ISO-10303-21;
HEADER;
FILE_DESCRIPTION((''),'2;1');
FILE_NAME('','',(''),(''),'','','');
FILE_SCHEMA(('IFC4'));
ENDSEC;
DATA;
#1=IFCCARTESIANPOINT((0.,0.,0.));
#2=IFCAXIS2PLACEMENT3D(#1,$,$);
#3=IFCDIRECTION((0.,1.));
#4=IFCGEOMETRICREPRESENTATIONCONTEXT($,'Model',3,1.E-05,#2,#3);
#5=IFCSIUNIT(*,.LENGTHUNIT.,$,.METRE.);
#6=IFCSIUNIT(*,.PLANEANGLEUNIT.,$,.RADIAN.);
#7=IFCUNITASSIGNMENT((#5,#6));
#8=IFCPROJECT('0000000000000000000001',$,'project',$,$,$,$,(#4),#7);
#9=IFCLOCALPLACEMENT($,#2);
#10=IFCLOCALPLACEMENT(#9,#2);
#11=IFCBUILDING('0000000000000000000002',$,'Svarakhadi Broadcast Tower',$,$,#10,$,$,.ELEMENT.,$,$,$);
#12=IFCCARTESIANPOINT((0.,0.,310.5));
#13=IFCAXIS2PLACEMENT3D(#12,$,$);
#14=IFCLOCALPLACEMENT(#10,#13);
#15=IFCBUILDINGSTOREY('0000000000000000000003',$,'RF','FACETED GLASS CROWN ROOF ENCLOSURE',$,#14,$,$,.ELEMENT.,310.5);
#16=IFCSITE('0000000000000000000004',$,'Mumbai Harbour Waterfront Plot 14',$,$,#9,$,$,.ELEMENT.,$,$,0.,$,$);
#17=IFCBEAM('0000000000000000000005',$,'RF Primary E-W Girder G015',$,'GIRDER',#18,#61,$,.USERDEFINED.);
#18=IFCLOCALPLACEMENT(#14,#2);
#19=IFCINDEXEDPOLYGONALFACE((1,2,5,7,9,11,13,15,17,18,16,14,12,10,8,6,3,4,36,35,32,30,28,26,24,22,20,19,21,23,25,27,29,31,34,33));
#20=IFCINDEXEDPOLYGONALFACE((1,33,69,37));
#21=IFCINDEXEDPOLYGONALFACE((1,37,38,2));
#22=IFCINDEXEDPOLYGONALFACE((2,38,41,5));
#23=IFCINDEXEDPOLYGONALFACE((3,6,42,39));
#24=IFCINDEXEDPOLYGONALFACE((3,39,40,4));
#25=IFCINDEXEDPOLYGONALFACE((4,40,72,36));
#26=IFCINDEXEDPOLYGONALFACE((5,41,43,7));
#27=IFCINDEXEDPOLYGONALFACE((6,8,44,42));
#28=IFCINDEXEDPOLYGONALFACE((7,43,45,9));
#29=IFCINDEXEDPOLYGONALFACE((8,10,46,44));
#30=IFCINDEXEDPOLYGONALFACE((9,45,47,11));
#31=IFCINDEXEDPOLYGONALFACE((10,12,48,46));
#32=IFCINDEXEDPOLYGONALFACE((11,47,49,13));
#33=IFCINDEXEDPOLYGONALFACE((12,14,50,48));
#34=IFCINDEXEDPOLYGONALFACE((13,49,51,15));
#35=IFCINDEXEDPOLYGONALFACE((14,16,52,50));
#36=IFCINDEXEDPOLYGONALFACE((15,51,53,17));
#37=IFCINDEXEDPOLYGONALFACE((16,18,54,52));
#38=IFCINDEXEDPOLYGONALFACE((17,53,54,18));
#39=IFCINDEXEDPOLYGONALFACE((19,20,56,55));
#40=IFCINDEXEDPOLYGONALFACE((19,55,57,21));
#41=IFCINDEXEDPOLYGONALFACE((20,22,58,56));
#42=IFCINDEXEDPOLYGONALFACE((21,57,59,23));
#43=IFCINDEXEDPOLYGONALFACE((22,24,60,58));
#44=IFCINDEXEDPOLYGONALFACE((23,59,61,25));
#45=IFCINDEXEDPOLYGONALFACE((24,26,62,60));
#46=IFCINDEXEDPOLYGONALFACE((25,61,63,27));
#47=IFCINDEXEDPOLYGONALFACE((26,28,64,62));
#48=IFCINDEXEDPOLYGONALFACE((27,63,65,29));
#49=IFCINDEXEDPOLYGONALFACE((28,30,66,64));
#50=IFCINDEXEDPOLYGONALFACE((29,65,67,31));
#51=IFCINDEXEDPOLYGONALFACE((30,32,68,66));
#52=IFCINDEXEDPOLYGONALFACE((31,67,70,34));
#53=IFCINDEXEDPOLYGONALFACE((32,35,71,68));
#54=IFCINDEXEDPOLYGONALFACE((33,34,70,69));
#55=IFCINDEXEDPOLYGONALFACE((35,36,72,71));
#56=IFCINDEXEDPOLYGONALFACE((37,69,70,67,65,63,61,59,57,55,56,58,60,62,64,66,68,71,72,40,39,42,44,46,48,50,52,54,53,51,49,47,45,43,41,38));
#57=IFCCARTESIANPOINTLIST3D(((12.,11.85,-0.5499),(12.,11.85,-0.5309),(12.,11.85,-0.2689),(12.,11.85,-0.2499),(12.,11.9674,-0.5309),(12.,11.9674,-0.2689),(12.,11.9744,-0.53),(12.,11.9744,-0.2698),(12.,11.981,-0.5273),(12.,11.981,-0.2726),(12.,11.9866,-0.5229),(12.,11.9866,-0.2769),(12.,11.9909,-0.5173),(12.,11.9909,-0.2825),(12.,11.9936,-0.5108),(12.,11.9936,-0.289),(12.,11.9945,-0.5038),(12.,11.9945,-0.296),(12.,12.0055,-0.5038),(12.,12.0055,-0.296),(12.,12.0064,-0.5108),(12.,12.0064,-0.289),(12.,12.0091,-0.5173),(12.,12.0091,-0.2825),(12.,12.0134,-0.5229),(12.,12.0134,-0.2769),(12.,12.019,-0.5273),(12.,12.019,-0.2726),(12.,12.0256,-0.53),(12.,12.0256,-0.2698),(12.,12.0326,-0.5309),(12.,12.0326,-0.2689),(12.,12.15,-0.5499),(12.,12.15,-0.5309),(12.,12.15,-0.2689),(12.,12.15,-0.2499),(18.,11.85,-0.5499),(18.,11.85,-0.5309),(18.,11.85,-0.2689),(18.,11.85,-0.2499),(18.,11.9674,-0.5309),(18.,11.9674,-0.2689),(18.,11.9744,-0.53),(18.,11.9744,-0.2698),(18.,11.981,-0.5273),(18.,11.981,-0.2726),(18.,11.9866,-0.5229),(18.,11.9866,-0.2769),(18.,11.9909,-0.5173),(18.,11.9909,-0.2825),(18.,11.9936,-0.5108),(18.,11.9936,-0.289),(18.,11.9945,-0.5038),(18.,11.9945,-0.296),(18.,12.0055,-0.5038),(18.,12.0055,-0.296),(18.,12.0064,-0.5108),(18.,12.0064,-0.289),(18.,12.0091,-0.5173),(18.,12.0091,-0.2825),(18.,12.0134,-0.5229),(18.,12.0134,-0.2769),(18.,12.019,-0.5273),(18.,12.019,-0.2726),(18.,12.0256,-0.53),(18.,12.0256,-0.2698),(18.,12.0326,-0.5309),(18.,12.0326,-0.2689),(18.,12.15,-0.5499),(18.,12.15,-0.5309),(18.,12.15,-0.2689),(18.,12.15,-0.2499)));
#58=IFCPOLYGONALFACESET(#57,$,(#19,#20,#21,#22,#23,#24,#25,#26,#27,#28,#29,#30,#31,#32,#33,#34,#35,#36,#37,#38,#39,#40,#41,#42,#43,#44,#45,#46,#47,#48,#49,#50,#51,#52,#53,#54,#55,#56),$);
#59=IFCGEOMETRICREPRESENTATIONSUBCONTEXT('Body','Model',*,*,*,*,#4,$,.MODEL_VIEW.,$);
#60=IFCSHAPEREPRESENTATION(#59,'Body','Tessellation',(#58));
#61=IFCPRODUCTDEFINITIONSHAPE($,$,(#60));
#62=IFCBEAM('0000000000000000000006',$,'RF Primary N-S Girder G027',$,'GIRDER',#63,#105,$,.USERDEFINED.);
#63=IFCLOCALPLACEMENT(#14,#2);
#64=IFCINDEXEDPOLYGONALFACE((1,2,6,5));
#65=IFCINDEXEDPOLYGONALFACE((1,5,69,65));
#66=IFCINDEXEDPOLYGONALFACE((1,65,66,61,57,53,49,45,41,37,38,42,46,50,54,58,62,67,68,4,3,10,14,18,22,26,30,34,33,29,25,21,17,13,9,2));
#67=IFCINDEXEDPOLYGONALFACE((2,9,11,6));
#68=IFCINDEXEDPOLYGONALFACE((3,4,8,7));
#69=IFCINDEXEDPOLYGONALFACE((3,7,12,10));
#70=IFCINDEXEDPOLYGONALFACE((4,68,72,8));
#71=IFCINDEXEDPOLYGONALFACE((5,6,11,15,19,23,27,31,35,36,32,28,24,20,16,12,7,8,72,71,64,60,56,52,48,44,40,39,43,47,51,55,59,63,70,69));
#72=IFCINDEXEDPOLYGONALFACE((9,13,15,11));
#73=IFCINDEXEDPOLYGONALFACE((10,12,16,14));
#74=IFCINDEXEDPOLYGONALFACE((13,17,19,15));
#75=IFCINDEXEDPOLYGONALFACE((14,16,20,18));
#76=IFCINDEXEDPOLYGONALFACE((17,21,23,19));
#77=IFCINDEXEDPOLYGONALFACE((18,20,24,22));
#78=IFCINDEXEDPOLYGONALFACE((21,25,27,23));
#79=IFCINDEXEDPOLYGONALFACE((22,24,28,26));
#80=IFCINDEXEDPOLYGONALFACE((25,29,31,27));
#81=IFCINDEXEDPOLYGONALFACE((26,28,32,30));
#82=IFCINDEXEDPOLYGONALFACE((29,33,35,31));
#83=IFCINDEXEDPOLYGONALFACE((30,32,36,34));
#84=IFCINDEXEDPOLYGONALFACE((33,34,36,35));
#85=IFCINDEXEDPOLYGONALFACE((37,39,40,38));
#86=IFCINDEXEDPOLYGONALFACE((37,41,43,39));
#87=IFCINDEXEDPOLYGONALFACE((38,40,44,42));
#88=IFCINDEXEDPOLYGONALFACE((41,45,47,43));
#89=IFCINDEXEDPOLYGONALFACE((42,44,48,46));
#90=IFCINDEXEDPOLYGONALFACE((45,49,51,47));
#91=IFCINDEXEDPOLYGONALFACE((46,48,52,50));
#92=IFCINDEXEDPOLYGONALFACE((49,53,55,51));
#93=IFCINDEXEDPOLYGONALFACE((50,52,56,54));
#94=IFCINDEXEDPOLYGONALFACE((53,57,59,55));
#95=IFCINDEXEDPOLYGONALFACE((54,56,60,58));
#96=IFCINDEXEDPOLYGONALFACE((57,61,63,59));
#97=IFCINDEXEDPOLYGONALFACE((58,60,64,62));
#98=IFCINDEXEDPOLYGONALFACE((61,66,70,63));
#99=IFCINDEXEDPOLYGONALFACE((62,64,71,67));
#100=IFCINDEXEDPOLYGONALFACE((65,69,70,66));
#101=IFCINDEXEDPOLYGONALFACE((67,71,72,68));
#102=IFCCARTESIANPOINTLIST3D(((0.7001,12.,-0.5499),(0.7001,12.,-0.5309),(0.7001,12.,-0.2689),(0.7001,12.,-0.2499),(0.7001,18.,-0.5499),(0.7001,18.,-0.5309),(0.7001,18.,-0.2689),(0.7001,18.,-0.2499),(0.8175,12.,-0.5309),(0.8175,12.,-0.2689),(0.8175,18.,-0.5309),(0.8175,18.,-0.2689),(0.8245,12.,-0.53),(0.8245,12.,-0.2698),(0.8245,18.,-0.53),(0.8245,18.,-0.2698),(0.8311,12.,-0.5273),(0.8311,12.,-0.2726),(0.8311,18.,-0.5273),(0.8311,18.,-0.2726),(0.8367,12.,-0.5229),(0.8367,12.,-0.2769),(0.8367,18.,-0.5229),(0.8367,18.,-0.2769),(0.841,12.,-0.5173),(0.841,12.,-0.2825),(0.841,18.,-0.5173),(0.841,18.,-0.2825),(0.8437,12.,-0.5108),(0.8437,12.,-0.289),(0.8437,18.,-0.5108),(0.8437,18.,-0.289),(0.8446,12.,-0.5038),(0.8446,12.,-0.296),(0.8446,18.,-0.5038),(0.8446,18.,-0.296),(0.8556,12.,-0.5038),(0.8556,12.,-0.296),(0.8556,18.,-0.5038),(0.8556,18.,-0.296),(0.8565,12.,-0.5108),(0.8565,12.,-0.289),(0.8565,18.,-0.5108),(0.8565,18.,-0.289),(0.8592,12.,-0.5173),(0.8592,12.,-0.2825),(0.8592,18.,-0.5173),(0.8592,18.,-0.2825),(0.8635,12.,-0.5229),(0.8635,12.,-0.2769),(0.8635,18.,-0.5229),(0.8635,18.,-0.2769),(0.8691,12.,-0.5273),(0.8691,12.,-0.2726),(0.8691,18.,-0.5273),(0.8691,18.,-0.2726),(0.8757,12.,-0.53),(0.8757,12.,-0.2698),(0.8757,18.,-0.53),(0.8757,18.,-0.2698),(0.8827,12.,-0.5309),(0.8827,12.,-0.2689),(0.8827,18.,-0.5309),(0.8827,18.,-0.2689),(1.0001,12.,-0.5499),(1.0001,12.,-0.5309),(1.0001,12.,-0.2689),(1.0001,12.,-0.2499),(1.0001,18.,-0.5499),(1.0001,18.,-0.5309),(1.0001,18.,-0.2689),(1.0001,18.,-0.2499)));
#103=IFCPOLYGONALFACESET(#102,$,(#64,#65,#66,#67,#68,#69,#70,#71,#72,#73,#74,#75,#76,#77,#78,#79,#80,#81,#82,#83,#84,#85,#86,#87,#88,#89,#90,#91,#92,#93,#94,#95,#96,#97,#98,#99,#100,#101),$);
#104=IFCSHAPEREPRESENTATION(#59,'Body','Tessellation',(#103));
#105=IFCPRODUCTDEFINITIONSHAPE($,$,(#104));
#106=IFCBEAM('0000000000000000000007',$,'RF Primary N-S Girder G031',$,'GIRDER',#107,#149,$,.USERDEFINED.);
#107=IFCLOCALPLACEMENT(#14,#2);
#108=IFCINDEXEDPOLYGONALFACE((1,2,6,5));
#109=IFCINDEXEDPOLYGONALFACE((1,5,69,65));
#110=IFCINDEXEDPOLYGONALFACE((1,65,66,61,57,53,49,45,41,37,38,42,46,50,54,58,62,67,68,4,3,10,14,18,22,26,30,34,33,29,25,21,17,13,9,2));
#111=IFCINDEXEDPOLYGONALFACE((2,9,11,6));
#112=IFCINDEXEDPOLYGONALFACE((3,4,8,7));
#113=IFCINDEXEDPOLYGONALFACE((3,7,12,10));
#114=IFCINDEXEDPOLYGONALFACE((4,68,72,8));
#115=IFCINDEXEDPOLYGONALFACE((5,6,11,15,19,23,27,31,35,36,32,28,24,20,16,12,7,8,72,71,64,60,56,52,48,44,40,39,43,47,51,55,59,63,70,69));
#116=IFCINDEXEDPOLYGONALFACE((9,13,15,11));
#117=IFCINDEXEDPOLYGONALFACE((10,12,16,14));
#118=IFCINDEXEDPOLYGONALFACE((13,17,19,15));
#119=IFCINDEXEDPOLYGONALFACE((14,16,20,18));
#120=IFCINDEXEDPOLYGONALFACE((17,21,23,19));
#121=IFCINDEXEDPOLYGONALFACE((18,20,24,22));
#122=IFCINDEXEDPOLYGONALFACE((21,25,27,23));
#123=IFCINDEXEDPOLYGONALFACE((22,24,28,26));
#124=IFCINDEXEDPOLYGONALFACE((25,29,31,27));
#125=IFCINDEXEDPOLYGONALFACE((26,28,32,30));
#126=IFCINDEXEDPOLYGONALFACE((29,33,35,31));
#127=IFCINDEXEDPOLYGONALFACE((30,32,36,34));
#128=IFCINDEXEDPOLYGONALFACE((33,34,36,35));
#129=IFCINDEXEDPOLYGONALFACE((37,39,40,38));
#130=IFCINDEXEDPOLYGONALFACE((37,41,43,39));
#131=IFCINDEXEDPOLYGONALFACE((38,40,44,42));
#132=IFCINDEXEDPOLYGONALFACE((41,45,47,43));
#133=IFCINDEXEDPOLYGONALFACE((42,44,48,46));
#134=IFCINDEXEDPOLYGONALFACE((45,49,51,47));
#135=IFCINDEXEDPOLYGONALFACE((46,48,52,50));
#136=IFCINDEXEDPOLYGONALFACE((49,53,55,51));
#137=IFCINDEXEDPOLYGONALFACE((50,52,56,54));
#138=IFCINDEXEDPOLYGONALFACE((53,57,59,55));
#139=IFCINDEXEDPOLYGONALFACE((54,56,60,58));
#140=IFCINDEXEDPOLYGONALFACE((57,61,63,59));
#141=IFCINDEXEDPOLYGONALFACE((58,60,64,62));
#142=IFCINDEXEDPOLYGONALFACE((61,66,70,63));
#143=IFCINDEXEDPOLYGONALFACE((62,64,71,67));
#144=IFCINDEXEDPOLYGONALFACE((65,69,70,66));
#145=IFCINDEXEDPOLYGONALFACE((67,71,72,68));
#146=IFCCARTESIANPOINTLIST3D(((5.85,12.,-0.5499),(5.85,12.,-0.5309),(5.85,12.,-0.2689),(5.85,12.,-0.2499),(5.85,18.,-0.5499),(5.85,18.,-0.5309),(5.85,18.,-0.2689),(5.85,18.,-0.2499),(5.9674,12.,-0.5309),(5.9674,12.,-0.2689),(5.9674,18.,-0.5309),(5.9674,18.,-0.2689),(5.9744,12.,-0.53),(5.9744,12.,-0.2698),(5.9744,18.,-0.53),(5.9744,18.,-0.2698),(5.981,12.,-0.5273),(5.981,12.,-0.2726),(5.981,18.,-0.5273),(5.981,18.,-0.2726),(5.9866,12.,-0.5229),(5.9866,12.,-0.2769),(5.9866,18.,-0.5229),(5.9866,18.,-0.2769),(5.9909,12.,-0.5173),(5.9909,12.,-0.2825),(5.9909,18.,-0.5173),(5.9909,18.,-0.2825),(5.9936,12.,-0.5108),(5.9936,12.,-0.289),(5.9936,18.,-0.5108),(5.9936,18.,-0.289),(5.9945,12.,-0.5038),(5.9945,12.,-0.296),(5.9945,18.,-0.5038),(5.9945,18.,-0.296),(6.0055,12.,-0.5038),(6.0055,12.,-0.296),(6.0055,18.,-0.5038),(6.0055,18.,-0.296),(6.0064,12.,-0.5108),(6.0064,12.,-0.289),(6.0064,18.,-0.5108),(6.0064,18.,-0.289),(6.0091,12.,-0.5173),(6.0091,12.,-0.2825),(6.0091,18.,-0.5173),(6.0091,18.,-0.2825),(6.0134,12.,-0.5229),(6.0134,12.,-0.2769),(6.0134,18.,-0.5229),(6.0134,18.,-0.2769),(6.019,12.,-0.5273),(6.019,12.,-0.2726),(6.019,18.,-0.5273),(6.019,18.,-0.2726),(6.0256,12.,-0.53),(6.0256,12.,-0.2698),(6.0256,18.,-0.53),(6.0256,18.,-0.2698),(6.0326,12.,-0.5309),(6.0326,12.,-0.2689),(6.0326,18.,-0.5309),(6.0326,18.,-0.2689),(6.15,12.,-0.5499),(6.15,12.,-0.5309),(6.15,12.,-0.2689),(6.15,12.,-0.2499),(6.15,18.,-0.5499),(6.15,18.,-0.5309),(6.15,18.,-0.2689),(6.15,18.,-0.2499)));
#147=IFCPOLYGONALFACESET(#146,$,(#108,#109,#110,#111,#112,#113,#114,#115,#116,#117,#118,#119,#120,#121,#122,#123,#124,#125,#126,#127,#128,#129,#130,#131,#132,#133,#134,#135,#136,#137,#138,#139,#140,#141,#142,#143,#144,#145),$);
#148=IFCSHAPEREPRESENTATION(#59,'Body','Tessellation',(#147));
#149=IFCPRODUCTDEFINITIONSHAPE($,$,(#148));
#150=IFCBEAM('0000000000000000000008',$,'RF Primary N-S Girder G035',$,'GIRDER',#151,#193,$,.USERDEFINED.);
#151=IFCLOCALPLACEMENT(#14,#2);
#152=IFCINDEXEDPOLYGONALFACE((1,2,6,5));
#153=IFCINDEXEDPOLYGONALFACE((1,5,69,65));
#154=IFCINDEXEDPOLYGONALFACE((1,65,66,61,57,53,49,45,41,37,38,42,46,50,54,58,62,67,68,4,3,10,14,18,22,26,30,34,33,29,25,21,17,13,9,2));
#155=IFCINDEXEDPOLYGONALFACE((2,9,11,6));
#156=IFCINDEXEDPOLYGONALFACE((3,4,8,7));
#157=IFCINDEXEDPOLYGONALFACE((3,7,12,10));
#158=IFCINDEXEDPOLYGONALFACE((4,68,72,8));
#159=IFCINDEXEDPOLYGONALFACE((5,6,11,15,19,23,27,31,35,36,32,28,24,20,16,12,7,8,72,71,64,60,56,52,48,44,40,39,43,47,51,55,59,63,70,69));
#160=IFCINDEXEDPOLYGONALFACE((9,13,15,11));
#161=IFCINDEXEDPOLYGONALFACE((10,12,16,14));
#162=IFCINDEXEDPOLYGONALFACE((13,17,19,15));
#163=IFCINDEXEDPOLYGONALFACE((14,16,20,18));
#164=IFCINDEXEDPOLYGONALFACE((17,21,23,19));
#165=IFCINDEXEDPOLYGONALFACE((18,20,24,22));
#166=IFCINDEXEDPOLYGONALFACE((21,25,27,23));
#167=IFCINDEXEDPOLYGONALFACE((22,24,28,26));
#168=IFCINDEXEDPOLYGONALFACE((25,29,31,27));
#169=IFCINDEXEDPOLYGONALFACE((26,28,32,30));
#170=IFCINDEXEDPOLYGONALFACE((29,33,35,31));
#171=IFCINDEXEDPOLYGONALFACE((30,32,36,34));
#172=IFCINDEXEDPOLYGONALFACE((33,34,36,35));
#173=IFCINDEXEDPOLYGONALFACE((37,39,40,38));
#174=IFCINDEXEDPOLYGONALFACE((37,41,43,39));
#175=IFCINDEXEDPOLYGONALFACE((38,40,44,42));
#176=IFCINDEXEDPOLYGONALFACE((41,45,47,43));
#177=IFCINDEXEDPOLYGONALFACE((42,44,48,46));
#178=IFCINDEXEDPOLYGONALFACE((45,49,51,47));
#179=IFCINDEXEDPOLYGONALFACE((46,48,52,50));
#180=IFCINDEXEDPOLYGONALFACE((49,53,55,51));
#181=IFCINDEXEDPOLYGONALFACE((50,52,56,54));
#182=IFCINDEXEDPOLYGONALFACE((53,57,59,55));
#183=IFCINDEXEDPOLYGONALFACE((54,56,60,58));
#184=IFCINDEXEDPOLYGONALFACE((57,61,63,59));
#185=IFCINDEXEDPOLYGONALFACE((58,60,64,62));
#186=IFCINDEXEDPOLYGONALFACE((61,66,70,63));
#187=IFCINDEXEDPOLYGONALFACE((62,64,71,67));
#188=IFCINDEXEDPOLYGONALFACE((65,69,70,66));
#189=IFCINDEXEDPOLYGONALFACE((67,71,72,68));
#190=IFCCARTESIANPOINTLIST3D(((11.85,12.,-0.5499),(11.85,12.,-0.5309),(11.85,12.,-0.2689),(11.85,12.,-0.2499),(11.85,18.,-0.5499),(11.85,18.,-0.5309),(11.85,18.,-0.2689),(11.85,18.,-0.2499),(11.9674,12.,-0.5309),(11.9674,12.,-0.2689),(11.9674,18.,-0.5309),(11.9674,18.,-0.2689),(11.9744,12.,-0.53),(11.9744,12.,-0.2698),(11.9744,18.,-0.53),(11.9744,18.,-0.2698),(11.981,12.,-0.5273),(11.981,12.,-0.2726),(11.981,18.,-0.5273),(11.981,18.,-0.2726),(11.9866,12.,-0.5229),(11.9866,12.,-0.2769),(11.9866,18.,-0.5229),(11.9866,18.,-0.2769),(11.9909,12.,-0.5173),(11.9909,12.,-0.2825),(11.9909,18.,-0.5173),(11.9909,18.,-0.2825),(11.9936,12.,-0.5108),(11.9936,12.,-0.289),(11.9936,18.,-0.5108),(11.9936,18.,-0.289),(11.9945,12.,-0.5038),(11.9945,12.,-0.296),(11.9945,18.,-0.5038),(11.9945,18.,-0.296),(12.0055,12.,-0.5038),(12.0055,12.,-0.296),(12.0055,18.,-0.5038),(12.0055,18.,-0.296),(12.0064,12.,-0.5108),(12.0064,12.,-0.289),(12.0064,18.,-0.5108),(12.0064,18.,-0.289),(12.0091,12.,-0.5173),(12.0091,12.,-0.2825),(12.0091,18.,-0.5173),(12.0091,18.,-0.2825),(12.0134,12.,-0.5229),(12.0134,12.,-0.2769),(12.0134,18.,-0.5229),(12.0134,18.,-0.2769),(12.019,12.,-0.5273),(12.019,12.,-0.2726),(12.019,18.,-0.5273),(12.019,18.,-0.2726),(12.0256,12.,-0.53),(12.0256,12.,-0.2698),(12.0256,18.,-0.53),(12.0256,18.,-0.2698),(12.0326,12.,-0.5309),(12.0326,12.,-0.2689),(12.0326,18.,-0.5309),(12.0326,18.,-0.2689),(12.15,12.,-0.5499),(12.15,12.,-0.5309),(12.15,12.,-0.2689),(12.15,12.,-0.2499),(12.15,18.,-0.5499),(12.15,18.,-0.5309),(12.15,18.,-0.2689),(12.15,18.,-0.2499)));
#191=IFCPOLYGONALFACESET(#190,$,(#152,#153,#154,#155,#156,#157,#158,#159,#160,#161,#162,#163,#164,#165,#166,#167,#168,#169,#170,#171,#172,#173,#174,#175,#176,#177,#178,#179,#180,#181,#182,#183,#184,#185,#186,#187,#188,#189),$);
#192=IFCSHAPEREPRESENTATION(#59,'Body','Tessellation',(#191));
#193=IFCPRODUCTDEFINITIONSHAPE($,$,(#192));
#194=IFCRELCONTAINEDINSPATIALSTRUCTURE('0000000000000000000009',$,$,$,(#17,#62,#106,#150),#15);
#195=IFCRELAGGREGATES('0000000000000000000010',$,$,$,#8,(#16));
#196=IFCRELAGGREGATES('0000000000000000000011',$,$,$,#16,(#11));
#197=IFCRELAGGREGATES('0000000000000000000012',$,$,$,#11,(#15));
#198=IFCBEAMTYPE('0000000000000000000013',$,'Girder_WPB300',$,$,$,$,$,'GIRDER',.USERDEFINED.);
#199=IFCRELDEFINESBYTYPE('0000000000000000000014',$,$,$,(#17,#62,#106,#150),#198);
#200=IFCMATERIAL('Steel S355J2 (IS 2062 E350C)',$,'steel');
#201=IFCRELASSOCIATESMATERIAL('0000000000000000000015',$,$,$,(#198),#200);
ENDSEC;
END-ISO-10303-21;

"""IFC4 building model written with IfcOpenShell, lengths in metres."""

from ifc_helpers import new_model, si_unit, direction, frame, origin, origin_2d, place, context, subcontext, project, spatial, i_section, extrude, material, material_profile, profile_set, type_object, element, save


model = new_model("IFC4")

# Units and contexts
model_context = context("Model", 3, precision=1e-05, world=origin(), true_north=direction((0.0, 1.0)))
body_context = subcontext(model_context, "Body", "Model", "MODEL_VIEW")
ifc_project = project(units=[si_unit("LENGTHUNIT", "METRE"), si_unit("PLANEANGLEUNIT", "RADIAN")], contexts=[model_context])

# Site, building, storey
site_placement = place(None, origin())
site = spatial("IfcSite", under=ifc_project, at=site_placement, Name="Mumbai Harbour Waterfront Plot 14", CompositionType="ELEMENT", RefElevation=0.0)
building_placement = place(site_placement, origin())
building = spatial("IfcBuilding", under=site, at=building_placement, Name="Svarakhadi Broadcast Tower", CompositionType="ELEMENT")
storey_placement = place(building_placement, frame((0.0, 0.0, 310.5)))
storey = spatial("IfcBuildingStorey", under=building, at=storey_placement, Name="RF", Description="FACETED GLASS CROWN ROOF ENCLOSURE", CompositionType="ELEMENT", Elevation=310.5)

# Shared definitions
ifc_material_1 = material(Name="Steel S355J2 (IS 2062 E350C)", Category="steel")

# Beams
ifc_material_profile_1 = material_profile(ifc_material_1, i_section(OverallWidth=0.3, OverallDepth=0.3, WebThickness=0.011, FlangeThickness=0.019, FilletRadius=0.0271, at=origin_2d()), Name="WPB 300x300x117")
ifc_profile_set_1 = profile_set([ifc_material_profile_1], Name="Steel S355J2 (IS 2062 E350C)")
beam_type_1 = type_object("IfcBeamType", Name="Girder_WPB300", ElementType="GIRDER", PredefinedType="USERDEFINED", material=ifc_profile_set_1)
for number, where, z_axis, x_axis, name in (
    (1, (12.0, 12.0, -0.3999), (1.0, 0.0, 0.0), (0.0, 1.0, 0.0), "RF Primary E-W Girder G015"),
    (2, (0.8501, 12.0, -0.3999), (0.0, 1.0, 0.0), (-1.0, 0.0, 0.0), "RF Primary N-S Girder G027"),
    (3, (6.0, 12.0, -0.3999), (0.0, 1.0, 0.0), (-1.0, 0.0, 0.0), "RF Primary N-S Girder G031"),
    (4, (12.0, 12.0, -0.3999), (0.0, 1.0, 0.0), (-1.0, 0.0, 0.0), "RF Primary N-S Girder G035"),
):
    element("IfcBeam", number, at=place(storey_placement, frame(where, z_axis=z_axis, x_axis=x_axis)), inside=storey, type_object=beam_type_1, Name=name, ObjectType="GIRDER", PredefinedType="USERDEFINED", context=body_context, shape_type="SweptSolid", body=[
        extrude(i_section(OverallWidth=0.3, OverallDepth=0.3, WebThickness=0.011, FlangeThickness=0.019, FilletRadius=0.0271, at=origin_2d()), origin(), (0.0, 0.0, 1.0), 6.0),
    ])

save(model, "model.ifc")
